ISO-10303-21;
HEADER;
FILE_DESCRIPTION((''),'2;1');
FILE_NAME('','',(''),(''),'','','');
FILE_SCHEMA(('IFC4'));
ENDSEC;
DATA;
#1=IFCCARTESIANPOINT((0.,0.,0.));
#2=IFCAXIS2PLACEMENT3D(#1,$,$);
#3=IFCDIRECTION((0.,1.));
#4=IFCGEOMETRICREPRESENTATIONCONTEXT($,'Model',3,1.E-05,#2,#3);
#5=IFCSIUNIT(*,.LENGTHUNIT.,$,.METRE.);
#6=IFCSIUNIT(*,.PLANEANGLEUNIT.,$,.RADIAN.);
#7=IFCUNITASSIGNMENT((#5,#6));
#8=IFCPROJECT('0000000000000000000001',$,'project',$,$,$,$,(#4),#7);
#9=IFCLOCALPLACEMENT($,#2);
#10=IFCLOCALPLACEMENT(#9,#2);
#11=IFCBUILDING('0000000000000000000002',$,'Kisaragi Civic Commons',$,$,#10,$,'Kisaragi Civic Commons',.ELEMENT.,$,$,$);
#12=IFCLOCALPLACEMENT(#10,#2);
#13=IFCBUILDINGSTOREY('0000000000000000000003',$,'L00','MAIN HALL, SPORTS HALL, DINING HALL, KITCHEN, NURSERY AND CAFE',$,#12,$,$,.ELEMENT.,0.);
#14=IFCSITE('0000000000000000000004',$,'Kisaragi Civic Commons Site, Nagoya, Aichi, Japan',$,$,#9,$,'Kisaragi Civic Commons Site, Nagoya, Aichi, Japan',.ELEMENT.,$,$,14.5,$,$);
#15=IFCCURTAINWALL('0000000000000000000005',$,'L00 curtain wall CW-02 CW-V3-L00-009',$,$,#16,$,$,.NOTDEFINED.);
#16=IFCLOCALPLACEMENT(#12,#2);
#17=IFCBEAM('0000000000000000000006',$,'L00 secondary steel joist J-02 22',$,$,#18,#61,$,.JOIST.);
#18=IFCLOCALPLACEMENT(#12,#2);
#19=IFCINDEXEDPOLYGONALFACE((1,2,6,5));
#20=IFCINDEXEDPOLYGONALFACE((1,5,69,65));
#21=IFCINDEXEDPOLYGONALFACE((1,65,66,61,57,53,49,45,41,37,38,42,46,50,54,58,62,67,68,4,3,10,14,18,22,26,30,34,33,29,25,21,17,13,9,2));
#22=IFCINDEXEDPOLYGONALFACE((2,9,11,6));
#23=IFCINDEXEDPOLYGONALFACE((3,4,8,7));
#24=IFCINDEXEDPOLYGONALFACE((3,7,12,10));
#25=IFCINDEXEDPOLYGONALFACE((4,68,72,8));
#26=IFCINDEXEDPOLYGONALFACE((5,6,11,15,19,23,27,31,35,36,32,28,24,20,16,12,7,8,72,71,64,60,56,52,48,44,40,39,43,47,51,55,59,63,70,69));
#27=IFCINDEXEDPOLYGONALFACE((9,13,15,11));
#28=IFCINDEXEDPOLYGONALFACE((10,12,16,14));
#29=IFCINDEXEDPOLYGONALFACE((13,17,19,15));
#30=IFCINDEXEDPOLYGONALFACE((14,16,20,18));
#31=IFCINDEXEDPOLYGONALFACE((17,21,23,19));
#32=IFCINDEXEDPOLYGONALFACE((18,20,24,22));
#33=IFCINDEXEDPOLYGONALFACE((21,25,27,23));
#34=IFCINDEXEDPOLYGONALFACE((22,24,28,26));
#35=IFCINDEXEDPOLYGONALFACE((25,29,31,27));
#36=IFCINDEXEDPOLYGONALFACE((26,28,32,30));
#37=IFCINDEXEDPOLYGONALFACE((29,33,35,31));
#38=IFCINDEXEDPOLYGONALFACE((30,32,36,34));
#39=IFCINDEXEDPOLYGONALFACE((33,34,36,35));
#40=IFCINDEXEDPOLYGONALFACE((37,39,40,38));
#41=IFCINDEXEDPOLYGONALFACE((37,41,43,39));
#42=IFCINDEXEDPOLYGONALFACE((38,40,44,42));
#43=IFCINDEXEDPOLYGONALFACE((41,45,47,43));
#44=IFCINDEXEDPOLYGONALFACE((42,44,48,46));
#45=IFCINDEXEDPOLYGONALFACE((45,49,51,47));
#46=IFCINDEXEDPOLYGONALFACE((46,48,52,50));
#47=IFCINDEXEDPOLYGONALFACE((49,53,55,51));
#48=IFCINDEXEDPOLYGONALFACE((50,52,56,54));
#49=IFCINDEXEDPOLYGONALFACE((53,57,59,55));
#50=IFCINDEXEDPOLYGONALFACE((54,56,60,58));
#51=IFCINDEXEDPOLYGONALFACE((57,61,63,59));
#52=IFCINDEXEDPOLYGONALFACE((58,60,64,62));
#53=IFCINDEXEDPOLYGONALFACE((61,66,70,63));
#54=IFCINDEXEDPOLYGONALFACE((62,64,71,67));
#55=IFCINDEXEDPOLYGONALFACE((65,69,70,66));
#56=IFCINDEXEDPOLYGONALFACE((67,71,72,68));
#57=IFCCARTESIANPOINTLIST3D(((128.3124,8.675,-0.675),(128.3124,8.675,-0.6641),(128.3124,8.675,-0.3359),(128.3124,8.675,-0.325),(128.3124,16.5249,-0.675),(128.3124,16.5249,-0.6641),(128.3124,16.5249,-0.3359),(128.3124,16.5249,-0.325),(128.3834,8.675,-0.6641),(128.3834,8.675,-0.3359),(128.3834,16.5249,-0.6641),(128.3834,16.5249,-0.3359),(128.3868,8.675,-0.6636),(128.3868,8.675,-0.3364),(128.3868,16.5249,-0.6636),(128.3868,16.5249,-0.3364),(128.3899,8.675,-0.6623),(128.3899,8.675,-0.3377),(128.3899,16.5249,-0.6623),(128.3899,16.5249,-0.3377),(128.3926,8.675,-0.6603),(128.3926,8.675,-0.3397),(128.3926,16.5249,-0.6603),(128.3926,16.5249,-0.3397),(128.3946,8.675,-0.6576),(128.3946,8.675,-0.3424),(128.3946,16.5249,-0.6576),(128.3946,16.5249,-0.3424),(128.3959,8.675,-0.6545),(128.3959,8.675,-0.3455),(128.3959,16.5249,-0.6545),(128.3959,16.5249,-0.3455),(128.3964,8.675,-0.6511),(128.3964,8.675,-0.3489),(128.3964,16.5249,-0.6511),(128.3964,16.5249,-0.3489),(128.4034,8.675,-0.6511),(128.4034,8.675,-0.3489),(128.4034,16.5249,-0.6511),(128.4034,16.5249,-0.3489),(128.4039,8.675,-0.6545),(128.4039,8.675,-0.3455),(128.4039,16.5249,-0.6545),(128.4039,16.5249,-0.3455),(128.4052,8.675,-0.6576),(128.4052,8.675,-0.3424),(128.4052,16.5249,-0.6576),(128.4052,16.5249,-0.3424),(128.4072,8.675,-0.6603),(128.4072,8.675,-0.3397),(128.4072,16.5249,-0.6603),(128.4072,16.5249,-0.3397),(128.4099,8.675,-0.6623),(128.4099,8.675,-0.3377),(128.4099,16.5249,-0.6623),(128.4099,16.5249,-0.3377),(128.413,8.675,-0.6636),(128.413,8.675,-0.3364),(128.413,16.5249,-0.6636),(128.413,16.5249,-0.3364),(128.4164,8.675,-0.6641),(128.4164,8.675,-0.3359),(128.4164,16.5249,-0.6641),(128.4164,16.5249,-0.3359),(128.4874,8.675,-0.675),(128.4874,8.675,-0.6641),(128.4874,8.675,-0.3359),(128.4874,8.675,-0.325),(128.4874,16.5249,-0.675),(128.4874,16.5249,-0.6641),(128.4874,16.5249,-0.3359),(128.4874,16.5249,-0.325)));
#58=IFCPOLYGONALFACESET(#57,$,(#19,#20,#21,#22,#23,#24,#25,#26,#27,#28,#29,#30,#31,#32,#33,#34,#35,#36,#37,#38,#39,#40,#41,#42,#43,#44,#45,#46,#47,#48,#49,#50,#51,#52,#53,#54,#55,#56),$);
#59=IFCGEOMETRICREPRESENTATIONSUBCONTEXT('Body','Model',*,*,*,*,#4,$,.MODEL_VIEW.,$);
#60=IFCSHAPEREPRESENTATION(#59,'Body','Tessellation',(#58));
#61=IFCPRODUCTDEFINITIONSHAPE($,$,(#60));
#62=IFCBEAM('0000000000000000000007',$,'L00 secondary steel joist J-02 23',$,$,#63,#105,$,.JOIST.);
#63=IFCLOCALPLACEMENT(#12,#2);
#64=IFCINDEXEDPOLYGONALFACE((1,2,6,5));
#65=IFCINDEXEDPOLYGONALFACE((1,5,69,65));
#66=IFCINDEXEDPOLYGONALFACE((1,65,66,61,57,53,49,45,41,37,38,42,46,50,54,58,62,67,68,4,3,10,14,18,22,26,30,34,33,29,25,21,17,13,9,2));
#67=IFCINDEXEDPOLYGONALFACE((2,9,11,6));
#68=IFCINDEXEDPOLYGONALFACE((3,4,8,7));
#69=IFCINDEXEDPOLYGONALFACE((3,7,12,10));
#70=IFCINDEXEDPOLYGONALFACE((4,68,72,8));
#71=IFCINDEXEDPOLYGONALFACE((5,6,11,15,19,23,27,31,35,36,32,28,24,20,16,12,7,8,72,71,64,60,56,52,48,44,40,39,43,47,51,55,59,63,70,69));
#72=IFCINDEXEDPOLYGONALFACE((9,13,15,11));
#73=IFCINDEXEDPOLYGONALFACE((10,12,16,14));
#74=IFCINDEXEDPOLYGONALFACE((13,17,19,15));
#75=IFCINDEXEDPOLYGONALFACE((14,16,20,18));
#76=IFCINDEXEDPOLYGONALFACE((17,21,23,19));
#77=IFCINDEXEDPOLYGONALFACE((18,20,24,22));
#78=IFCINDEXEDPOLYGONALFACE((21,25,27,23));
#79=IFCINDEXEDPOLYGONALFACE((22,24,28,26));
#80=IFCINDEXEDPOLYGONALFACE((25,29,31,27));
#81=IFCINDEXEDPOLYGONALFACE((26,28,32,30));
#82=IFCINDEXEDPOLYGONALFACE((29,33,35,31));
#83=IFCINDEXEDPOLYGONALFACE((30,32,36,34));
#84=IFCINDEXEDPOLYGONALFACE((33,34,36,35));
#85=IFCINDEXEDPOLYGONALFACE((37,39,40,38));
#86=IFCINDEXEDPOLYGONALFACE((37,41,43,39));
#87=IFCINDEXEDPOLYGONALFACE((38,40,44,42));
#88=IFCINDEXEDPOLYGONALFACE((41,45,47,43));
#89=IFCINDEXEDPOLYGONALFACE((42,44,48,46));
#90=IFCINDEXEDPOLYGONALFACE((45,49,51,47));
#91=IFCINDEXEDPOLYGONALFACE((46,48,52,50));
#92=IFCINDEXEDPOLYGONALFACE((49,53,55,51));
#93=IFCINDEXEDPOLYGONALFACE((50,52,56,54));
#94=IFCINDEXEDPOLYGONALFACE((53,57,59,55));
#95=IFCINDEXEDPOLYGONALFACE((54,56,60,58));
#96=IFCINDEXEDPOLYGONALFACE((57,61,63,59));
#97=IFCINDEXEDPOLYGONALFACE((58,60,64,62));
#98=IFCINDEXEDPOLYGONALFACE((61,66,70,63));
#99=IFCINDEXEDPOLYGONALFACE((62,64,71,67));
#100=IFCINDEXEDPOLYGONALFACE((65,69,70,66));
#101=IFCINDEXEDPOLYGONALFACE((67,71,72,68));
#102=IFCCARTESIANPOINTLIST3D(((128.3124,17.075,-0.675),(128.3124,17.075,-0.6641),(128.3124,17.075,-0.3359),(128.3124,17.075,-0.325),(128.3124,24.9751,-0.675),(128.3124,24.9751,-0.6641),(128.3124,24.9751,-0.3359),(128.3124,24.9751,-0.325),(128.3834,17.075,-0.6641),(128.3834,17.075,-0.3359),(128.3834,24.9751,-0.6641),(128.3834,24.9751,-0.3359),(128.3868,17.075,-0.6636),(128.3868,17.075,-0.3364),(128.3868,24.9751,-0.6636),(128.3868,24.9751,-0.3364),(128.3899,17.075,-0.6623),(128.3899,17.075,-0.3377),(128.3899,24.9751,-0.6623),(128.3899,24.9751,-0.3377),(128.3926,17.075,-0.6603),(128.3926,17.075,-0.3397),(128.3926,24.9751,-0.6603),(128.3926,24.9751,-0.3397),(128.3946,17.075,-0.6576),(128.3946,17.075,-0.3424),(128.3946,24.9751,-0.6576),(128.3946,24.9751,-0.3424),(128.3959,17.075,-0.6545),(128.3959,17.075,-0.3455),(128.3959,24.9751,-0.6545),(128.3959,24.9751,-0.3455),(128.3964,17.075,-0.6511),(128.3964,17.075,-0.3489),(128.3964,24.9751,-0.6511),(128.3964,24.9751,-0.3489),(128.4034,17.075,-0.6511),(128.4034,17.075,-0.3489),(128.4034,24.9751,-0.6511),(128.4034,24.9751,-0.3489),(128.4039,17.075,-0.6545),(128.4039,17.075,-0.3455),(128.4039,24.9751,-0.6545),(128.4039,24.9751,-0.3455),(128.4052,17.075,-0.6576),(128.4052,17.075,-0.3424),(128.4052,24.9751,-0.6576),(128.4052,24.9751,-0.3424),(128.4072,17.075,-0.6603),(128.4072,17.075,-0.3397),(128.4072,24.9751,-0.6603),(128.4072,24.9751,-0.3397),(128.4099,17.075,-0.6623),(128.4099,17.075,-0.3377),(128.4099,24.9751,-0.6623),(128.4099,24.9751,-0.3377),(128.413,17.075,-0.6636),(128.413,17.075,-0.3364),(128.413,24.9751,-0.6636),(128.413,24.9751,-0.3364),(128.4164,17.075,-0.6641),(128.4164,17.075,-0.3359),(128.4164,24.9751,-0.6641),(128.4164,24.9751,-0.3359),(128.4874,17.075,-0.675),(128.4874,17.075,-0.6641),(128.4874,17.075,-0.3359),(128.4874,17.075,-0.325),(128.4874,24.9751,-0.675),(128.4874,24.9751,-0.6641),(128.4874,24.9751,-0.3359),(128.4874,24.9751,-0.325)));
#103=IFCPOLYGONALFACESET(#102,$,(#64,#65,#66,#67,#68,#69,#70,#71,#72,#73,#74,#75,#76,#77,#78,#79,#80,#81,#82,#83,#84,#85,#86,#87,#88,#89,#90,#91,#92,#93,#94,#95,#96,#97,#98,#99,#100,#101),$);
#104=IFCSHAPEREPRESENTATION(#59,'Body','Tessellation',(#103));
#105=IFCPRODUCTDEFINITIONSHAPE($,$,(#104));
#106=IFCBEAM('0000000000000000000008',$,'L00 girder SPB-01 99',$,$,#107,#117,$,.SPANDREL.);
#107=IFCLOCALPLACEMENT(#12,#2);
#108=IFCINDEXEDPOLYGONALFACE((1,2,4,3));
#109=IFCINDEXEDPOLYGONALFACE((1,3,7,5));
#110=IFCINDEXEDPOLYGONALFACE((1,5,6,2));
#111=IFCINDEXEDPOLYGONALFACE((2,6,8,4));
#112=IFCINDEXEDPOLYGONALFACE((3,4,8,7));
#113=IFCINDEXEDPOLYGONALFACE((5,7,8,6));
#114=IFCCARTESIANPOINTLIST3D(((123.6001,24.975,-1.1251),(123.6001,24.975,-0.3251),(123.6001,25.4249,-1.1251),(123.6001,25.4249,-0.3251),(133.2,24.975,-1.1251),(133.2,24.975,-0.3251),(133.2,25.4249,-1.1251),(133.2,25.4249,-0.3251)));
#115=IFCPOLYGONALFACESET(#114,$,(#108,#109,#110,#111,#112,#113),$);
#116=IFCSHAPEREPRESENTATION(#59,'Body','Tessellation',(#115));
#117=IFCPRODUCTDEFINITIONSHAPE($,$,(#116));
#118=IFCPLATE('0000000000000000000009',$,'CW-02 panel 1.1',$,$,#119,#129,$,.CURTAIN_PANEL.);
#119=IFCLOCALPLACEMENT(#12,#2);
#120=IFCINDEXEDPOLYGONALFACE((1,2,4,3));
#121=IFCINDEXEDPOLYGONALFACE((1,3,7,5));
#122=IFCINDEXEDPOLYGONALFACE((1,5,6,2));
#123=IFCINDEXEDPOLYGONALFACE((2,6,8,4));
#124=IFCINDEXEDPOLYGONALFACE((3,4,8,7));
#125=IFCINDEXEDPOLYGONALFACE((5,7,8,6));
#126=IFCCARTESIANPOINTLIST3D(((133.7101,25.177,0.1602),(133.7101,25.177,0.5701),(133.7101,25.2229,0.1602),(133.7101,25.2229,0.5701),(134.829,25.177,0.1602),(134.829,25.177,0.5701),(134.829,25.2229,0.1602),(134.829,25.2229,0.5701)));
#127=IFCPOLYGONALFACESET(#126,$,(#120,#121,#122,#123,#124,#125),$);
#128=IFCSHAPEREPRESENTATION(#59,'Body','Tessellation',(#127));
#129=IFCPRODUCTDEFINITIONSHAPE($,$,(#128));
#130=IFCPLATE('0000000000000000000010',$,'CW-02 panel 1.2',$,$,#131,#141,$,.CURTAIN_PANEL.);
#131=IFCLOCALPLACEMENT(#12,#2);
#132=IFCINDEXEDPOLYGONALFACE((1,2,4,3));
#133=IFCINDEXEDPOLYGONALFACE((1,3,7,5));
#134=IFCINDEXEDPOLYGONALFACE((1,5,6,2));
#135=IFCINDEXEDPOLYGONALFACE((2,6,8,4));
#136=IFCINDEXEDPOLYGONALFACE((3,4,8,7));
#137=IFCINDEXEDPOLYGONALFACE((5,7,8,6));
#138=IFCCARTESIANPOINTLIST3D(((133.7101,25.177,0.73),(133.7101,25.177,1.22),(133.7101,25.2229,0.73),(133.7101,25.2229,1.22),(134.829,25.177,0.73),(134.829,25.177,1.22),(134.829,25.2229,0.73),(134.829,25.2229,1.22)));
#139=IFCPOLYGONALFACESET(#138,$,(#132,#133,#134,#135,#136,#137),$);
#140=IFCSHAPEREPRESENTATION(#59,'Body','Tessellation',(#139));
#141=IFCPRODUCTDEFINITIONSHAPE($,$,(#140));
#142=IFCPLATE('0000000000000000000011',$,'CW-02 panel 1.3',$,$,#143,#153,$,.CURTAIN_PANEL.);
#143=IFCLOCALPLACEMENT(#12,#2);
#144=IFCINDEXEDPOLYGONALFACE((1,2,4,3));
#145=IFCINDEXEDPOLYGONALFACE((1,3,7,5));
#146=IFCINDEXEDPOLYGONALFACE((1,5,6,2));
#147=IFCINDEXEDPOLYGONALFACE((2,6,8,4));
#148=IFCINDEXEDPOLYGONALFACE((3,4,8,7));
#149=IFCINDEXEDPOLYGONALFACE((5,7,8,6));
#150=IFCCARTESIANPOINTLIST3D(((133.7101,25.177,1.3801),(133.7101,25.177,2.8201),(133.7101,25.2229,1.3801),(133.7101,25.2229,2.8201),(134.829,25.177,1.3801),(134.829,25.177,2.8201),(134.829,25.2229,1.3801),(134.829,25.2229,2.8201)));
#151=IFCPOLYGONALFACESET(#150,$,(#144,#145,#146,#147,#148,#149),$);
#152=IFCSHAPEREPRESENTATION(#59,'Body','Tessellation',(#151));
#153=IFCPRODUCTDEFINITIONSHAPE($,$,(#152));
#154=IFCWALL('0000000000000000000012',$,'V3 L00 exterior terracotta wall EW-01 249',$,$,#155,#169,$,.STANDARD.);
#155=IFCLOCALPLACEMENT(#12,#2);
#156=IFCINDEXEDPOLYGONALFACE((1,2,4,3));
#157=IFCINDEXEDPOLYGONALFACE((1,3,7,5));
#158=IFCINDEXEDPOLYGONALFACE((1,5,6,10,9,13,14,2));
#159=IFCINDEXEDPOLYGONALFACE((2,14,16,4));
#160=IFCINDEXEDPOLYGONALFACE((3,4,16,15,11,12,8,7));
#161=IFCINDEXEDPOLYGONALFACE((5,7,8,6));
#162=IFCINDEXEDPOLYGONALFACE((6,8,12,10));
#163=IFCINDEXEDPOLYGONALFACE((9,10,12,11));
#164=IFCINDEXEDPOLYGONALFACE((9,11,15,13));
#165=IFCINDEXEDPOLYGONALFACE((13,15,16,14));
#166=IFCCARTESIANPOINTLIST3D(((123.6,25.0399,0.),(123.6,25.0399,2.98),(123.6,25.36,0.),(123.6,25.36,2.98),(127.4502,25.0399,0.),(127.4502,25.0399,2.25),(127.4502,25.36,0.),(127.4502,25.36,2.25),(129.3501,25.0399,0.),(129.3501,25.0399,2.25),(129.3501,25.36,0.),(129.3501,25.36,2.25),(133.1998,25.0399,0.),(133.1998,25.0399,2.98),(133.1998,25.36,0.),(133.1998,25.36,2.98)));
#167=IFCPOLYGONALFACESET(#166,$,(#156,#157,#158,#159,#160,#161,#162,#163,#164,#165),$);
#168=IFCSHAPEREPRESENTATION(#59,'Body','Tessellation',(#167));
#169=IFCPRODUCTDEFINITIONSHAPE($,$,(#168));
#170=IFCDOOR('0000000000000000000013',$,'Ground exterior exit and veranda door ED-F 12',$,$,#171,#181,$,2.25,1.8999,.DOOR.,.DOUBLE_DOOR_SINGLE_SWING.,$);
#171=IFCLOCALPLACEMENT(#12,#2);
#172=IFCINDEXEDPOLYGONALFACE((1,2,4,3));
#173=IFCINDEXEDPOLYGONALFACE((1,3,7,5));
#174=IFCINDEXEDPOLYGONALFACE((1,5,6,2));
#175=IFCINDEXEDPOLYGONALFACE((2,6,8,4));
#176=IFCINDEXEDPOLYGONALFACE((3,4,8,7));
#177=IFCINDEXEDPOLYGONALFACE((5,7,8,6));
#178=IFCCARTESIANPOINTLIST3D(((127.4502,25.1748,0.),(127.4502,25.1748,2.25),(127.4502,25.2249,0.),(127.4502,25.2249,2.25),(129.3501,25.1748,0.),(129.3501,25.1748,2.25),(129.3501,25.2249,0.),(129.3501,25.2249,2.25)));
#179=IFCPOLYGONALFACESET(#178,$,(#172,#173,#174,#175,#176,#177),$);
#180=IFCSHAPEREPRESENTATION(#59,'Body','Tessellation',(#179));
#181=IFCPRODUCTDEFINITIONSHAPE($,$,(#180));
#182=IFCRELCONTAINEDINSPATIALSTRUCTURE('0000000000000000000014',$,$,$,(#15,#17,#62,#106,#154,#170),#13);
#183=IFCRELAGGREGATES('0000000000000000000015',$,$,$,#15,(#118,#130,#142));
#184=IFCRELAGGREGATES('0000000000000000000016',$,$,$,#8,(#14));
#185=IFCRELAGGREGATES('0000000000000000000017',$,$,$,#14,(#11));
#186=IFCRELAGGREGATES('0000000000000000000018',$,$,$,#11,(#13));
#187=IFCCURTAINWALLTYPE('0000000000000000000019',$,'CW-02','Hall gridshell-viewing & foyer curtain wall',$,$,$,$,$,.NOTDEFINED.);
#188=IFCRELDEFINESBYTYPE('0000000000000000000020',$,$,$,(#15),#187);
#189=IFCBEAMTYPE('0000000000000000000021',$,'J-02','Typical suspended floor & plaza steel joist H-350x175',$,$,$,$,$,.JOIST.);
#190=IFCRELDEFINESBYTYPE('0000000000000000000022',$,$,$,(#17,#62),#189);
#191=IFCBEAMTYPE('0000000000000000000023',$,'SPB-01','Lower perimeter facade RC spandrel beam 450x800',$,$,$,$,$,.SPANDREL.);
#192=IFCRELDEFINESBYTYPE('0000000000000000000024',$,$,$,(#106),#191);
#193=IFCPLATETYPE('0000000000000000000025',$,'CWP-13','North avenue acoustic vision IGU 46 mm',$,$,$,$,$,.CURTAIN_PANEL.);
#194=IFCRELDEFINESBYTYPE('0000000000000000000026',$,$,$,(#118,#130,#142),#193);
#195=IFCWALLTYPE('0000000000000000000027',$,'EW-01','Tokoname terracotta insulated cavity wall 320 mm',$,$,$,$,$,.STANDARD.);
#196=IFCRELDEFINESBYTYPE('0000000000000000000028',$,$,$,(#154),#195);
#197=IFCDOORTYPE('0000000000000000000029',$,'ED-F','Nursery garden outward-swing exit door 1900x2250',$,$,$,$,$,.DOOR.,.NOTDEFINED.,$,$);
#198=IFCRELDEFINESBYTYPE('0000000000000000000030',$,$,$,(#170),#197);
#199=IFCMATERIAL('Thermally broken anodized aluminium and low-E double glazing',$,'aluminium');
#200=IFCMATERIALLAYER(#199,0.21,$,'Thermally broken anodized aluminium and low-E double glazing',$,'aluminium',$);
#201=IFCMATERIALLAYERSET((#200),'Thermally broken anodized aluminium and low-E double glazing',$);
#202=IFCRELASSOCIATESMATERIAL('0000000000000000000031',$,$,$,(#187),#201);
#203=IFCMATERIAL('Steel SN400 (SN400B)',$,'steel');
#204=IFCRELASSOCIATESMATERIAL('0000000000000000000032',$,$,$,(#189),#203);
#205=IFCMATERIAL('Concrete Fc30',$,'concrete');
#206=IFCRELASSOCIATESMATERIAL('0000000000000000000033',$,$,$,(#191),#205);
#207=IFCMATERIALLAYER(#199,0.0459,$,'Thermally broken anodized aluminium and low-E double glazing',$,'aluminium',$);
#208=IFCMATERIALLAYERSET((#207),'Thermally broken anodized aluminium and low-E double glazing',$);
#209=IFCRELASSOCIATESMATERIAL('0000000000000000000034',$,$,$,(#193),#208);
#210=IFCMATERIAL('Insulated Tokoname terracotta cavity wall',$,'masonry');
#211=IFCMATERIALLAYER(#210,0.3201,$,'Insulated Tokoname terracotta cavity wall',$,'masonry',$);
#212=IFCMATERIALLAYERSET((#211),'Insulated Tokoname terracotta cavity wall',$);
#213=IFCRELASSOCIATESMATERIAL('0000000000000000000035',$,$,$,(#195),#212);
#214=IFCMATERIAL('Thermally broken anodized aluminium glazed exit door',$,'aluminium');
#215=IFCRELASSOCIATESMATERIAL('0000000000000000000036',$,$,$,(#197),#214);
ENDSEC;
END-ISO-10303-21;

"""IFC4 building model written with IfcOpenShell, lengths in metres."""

from ifc_helpers import new_model, si_unit, direction, frame, frame_2d, origin, origin_2d, place, context, subcontext, project, spatial, rectangle, i_section, extrude, material, layer, layer_set, material_profile, profile_set, type_object, element, fill, aggregate, save


model = new_model("IFC4")

# Units and contexts
model_context = context("Model", 3, precision=1e-05, world=origin(), true_north=direction((0.0, 1.0)))
body_context = subcontext(model_context, "Body", "Model", "MODEL_VIEW")
ifc_project = project(units=[si_unit("LENGTHUNIT", "METRE"), si_unit("PLANEANGLEUNIT", "RADIAN")], contexts=[model_context])

# Site, building, storey
site_placement = place(None, origin())
site = spatial("IfcSite", under=ifc_project, at=site_placement, Name="Kisaragi Civic Commons Site, Nagoya, Aichi, Japan", LongName="Kisaragi Civic Commons Site, Nagoya, Aichi, Japan", CompositionType="ELEMENT", RefElevation=14.5)
building_placement = place(site_placement, origin())
building = spatial("IfcBuilding", under=site, at=building_placement, Name="Kisaragi Civic Commons", LongName="Kisaragi Civic Commons", CompositionType="ELEMENT")
storey_placement = place(building_placement, origin())
storey = spatial("IfcBuildingStorey", under=building, at=storey_placement, Name="L00", Description="MAIN HALL, SPORTS HALL, DINING HALL, KITCHEN, NURSERY AND CAFE", CompositionType="ELEMENT", Elevation=0.0)

# Curtain wall
ifc_material_1 = material(Name="Thermally broken anodized aluminium and low-E double glazing", Category="aluminium")
ifc_layer_1 = layer(ifc_material_1, 0.21, Name="Thermally broken anodized aluminium and low-E double glazing", Category="aluminium")
ifc_layer_set_1 = layer_set([ifc_layer_1], Name="Thermally broken anodized aluminium and low-E double glazing")
curtain_wall_type = type_object("IfcCurtainWallType", Name="CW-02", Description="Hall gridshell-viewing & foyer curtain wall", PredefinedType="NOTDEFINED", material=ifc_layer_set_1)
curtain_wall_placement = place(storey_placement, origin())
curtain_wall = element("IfcCurtainWall", 1, at=curtain_wall_placement, inside=storey, type_object=curtain_wall_type, Name="L00 curtain wall CW-02 CW-V3-L00-009", PredefinedType="NOTDEFINED")

# Beams
ifc_material_2 = material(Name="Steel SN400 (SN400B)", Category="steel")
ifc_material_profile_1 = material_profile(ifc_material_2, i_section(OverallWidth=0.175, OverallDepth=0.3501, WebThickness=0.0071, FlangeThickness=0.011, FilletRadius=0.0129, at=origin_2d()), Name="H-350x175x7x11", Category="steel")
ifc_profile_set_1 = profile_set([ifc_material_profile_1], Name="Steel SN400 (SN400B)")
beam_type_1 = type_object("IfcBeamType", Name="J-02", Description="Typical suspended floor & plaza steel joist H-350x175", PredefinedType="JOIST", material=ifc_profile_set_1)
beam_1_placement = place(storey_placement, frame((128.3999, 8.675, -0.5), z_axis=(0.0, 1.0, 0.0), x_axis=(-1.0, 0.0, 0.0)))
element("IfcBeam", 2, at=beam_1_placement, inside=storey, type_object=beam_type_1, Name="L00 secondary steel joist J-02 22", PredefinedType="JOIST", context=body_context, shape_type="SweptSolid", body=[
    extrude(i_section(OverallWidth=0.175, OverallDepth=0.3501, WebThickness=0.0071, FlangeThickness=0.011, FilletRadius=0.0129, at=origin_2d()), origin(), (0.0, 0.0, 1.0), 7.8499),
])
beam_2_placement = place(storey_placement, frame((128.3999, 17.075, -0.5), z_axis=(0.0, 1.0, 0.0), x_axis=(-1.0, 0.0, 0.0)))
element("IfcBeam", 3, at=beam_2_placement, inside=storey, type_object=beam_type_1, Name="L00 secondary steel joist J-02 23", PredefinedType="JOIST", context=body_context, shape_type="SweptSolid", body=[
    extrude(i_section(OverallWidth=0.175, OverallDepth=0.3501, WebThickness=0.0071, FlangeThickness=0.011, FilletRadius=0.0129, at=origin_2d()), origin(), (0.0, 0.0, 1.0), 7.9001),
])
ifc_material_3 = material(Name="Concrete Fc30", Category="concrete")
ifc_material_profile_2 = material_profile(ifc_material_3, rectangle(XDim=0.45, YDim=0.8, at=origin_2d()), Name="RC-450x800", Category="concrete")
ifc_profile_set_2 = profile_set([ifc_material_profile_2], Name="Concrete Fc30")
beam_type_2 = type_object("IfcBeamType", Name="SPB-01", Description="Lower perimeter facade RC spandrel beam 450x800", PredefinedType="SPANDREL", material=ifc_profile_set_2)
beam_3_placement = place(storey_placement, frame((123.6001, 25.2, -0.7251), z_axis=(1.0, 0.0, 0.0), x_axis=(0.0, 1.0, 0.0)))
element("IfcBeam", 4, at=beam_3_placement, inside=storey, type_object=beam_type_2, Name="L00 girder SPB-01 99", PredefinedType="SPANDREL", context=body_context, shape_type="SweptSolid", body=[
    extrude(rectangle(XDim=0.45, YDim=0.8, at=origin_2d()), origin(), (0.0, 0.0, 1.0), 9.5999),
])

# Plates
ifc_layer_2 = layer(ifc_material_1, 0.0459, Name="Thermally broken anodized aluminium and low-E double glazing", Category="aluminium")
ifc_layer_set_2 = layer_set([ifc_layer_2], Name="Thermally broken anodized aluminium and low-E double glazing")
plate_type = type_object("IfcPlateType", Name="CWP-13", Description="North avenue acoustic vision IGU 46 mm", PredefinedType="CURTAIN_PANEL", material=ifc_layer_set_2)
plate_1_placement = place(storey_placement, frame((134.2695, 25.2, 0.1602), z_axis=(0.0, 0.0, 1.0), x_axis=(1.0, 0.0, 0.0)))
plate_1 = element("IfcPlate", 5, at=plate_1_placement, type_object=plate_type, Name="CW-02 panel 1.1", PredefinedType="CURTAIN_PANEL", context=body_context, shape_type="SweptSolid", body=[
    extrude(rectangle(XDim=1.1189, YDim=0.0459, at=origin_2d()), origin(), (0.0, 0.0, 1.0), 0.4099),
])
plate_2_placement = place(storey_placement, frame((134.2695, 25.2, 0.73), z_axis=(0.0, 0.0, 1.0), x_axis=(1.0, 0.0, 0.0)))
plate_2 = element("IfcPlate", 6, at=plate_2_placement, type_object=plate_type, Name="CW-02 panel 1.2", PredefinedType="CURTAIN_PANEL", context=body_context, shape_type="SweptSolid", body=[
    extrude(rectangle(XDim=1.1189, YDim=0.0459, at=origin_2d()), origin(), (0.0, 0.0, 1.0), 0.49),
])
plate_3_placement = place(storey_placement, frame((134.2695, 25.2, 1.3801), z_axis=(0.0, 0.0, 1.0), x_axis=(1.0, 0.0, 0.0)))
plate_3 = element("IfcPlate", 7, at=plate_3_placement, type_object=plate_type, Name="CW-02 panel 1.3", PredefinedType="CURTAIN_PANEL", context=body_context, shape_type="SweptSolid", body=[
    extrude(rectangle(XDim=1.1189, YDim=0.0459, at=origin_2d()), origin(), (0.0, 0.0, 1.0), 1.4399),
])
aggregate(curtain_wall, [plate_1, plate_2, plate_3])

# Wall, opening, door
ifc_material_4 = material(Name="Insulated Tokoname terracotta cavity wall", Category="masonry")
ifc_layer_3 = layer(ifc_material_4, 0.3201, Name="Insulated Tokoname terracotta cavity wall", Category="masonry")
ifc_layer_set_3 = layer_set([ifc_layer_3], Name="Insulated Tokoname terracotta cavity wall")
wall_type_1 = type_object("IfcWallType", Name="EW-01", Description="Tokoname terracotta insulated cavity wall 320 mm", PredefinedType="STANDARD", material=ifc_layer_set_3)
wall_1_placement = place(storey_placement, frame((123.6001, 25.2, 0.0), z_axis=(0.0, 0.0, 1.0), x_axis=(1.0, 0.0, 0.0)))
wall_1 = element("IfcWall", 8, at=wall_1_placement, inside=storey, type_object=wall_type_1, Name="V3 L00 exterior terracotta wall EW-01 249", PredefinedType="STANDARD", context=body_context, shape_type="SweptSolid", body=[
    extrude(rectangle(XDim=9.5999, YDim=0.3201, at=frame_2d((4.7998, 0.0))), origin(), (0.0, 0.0, 1.0), 2.98),
])
opening_1_placement = place(wall_1_placement, frame((3.8501, 0.0, 0.0)))
opening_1 = element("IfcOpeningElement", 9, at=opening_1_placement, cuts=wall_1, PredefinedType="OPENING", context=body_context, shape_type="SweptSolid", body=[
    extrude(rectangle(XDim=1.8999, YDim=2.25, at=frame_2d((0.95, 1.125))), frame((0.0, 0.1699, 0.0), z_axis=(0.0, -1.0, 0.0), x_axis=(1.0, 0.0, 0.0)), (0.0, 0.0, 1.0), 0.3401),
])
ifc_material_5 = material(Name="Thermally broken anodized aluminium glazed exit door", Category="aluminium")
door_type_1 = type_object("IfcDoorType", Name="ED-F", Description="Nursery garden outward-swing exit door 1900x2250", OperationType="NOTDEFINED", PredefinedType="DOOR", material=ifc_material_5)
door_1_placement = place(opening_1_placement, origin())
door_1 = element("IfcDoor", 10, at=door_1_placement, inside=storey, type_object=door_type_1, Name="Ground exterior exit and veranda door ED-F 12", OperationType="DOUBLE_DOOR_SINGLE_SWING", OverallHeight=2.25, OverallWidth=1.8999, PredefinedType="DOOR", context=body_context, shape_type="SweptSolid", body=[
    extrude(rectangle(XDim=1.8999, YDim=2.25, at=frame_2d((0.95, 1.125))), frame((0.0, 0.0249, 0.0), z_axis=(0.0, -1.0, 0.0), x_axis=(1.0, 0.0, 0.0)), (0.0, 0.0, 1.0), 0.05),
])
fill(opening_1, door_1)

save(model, "model.ifc")
